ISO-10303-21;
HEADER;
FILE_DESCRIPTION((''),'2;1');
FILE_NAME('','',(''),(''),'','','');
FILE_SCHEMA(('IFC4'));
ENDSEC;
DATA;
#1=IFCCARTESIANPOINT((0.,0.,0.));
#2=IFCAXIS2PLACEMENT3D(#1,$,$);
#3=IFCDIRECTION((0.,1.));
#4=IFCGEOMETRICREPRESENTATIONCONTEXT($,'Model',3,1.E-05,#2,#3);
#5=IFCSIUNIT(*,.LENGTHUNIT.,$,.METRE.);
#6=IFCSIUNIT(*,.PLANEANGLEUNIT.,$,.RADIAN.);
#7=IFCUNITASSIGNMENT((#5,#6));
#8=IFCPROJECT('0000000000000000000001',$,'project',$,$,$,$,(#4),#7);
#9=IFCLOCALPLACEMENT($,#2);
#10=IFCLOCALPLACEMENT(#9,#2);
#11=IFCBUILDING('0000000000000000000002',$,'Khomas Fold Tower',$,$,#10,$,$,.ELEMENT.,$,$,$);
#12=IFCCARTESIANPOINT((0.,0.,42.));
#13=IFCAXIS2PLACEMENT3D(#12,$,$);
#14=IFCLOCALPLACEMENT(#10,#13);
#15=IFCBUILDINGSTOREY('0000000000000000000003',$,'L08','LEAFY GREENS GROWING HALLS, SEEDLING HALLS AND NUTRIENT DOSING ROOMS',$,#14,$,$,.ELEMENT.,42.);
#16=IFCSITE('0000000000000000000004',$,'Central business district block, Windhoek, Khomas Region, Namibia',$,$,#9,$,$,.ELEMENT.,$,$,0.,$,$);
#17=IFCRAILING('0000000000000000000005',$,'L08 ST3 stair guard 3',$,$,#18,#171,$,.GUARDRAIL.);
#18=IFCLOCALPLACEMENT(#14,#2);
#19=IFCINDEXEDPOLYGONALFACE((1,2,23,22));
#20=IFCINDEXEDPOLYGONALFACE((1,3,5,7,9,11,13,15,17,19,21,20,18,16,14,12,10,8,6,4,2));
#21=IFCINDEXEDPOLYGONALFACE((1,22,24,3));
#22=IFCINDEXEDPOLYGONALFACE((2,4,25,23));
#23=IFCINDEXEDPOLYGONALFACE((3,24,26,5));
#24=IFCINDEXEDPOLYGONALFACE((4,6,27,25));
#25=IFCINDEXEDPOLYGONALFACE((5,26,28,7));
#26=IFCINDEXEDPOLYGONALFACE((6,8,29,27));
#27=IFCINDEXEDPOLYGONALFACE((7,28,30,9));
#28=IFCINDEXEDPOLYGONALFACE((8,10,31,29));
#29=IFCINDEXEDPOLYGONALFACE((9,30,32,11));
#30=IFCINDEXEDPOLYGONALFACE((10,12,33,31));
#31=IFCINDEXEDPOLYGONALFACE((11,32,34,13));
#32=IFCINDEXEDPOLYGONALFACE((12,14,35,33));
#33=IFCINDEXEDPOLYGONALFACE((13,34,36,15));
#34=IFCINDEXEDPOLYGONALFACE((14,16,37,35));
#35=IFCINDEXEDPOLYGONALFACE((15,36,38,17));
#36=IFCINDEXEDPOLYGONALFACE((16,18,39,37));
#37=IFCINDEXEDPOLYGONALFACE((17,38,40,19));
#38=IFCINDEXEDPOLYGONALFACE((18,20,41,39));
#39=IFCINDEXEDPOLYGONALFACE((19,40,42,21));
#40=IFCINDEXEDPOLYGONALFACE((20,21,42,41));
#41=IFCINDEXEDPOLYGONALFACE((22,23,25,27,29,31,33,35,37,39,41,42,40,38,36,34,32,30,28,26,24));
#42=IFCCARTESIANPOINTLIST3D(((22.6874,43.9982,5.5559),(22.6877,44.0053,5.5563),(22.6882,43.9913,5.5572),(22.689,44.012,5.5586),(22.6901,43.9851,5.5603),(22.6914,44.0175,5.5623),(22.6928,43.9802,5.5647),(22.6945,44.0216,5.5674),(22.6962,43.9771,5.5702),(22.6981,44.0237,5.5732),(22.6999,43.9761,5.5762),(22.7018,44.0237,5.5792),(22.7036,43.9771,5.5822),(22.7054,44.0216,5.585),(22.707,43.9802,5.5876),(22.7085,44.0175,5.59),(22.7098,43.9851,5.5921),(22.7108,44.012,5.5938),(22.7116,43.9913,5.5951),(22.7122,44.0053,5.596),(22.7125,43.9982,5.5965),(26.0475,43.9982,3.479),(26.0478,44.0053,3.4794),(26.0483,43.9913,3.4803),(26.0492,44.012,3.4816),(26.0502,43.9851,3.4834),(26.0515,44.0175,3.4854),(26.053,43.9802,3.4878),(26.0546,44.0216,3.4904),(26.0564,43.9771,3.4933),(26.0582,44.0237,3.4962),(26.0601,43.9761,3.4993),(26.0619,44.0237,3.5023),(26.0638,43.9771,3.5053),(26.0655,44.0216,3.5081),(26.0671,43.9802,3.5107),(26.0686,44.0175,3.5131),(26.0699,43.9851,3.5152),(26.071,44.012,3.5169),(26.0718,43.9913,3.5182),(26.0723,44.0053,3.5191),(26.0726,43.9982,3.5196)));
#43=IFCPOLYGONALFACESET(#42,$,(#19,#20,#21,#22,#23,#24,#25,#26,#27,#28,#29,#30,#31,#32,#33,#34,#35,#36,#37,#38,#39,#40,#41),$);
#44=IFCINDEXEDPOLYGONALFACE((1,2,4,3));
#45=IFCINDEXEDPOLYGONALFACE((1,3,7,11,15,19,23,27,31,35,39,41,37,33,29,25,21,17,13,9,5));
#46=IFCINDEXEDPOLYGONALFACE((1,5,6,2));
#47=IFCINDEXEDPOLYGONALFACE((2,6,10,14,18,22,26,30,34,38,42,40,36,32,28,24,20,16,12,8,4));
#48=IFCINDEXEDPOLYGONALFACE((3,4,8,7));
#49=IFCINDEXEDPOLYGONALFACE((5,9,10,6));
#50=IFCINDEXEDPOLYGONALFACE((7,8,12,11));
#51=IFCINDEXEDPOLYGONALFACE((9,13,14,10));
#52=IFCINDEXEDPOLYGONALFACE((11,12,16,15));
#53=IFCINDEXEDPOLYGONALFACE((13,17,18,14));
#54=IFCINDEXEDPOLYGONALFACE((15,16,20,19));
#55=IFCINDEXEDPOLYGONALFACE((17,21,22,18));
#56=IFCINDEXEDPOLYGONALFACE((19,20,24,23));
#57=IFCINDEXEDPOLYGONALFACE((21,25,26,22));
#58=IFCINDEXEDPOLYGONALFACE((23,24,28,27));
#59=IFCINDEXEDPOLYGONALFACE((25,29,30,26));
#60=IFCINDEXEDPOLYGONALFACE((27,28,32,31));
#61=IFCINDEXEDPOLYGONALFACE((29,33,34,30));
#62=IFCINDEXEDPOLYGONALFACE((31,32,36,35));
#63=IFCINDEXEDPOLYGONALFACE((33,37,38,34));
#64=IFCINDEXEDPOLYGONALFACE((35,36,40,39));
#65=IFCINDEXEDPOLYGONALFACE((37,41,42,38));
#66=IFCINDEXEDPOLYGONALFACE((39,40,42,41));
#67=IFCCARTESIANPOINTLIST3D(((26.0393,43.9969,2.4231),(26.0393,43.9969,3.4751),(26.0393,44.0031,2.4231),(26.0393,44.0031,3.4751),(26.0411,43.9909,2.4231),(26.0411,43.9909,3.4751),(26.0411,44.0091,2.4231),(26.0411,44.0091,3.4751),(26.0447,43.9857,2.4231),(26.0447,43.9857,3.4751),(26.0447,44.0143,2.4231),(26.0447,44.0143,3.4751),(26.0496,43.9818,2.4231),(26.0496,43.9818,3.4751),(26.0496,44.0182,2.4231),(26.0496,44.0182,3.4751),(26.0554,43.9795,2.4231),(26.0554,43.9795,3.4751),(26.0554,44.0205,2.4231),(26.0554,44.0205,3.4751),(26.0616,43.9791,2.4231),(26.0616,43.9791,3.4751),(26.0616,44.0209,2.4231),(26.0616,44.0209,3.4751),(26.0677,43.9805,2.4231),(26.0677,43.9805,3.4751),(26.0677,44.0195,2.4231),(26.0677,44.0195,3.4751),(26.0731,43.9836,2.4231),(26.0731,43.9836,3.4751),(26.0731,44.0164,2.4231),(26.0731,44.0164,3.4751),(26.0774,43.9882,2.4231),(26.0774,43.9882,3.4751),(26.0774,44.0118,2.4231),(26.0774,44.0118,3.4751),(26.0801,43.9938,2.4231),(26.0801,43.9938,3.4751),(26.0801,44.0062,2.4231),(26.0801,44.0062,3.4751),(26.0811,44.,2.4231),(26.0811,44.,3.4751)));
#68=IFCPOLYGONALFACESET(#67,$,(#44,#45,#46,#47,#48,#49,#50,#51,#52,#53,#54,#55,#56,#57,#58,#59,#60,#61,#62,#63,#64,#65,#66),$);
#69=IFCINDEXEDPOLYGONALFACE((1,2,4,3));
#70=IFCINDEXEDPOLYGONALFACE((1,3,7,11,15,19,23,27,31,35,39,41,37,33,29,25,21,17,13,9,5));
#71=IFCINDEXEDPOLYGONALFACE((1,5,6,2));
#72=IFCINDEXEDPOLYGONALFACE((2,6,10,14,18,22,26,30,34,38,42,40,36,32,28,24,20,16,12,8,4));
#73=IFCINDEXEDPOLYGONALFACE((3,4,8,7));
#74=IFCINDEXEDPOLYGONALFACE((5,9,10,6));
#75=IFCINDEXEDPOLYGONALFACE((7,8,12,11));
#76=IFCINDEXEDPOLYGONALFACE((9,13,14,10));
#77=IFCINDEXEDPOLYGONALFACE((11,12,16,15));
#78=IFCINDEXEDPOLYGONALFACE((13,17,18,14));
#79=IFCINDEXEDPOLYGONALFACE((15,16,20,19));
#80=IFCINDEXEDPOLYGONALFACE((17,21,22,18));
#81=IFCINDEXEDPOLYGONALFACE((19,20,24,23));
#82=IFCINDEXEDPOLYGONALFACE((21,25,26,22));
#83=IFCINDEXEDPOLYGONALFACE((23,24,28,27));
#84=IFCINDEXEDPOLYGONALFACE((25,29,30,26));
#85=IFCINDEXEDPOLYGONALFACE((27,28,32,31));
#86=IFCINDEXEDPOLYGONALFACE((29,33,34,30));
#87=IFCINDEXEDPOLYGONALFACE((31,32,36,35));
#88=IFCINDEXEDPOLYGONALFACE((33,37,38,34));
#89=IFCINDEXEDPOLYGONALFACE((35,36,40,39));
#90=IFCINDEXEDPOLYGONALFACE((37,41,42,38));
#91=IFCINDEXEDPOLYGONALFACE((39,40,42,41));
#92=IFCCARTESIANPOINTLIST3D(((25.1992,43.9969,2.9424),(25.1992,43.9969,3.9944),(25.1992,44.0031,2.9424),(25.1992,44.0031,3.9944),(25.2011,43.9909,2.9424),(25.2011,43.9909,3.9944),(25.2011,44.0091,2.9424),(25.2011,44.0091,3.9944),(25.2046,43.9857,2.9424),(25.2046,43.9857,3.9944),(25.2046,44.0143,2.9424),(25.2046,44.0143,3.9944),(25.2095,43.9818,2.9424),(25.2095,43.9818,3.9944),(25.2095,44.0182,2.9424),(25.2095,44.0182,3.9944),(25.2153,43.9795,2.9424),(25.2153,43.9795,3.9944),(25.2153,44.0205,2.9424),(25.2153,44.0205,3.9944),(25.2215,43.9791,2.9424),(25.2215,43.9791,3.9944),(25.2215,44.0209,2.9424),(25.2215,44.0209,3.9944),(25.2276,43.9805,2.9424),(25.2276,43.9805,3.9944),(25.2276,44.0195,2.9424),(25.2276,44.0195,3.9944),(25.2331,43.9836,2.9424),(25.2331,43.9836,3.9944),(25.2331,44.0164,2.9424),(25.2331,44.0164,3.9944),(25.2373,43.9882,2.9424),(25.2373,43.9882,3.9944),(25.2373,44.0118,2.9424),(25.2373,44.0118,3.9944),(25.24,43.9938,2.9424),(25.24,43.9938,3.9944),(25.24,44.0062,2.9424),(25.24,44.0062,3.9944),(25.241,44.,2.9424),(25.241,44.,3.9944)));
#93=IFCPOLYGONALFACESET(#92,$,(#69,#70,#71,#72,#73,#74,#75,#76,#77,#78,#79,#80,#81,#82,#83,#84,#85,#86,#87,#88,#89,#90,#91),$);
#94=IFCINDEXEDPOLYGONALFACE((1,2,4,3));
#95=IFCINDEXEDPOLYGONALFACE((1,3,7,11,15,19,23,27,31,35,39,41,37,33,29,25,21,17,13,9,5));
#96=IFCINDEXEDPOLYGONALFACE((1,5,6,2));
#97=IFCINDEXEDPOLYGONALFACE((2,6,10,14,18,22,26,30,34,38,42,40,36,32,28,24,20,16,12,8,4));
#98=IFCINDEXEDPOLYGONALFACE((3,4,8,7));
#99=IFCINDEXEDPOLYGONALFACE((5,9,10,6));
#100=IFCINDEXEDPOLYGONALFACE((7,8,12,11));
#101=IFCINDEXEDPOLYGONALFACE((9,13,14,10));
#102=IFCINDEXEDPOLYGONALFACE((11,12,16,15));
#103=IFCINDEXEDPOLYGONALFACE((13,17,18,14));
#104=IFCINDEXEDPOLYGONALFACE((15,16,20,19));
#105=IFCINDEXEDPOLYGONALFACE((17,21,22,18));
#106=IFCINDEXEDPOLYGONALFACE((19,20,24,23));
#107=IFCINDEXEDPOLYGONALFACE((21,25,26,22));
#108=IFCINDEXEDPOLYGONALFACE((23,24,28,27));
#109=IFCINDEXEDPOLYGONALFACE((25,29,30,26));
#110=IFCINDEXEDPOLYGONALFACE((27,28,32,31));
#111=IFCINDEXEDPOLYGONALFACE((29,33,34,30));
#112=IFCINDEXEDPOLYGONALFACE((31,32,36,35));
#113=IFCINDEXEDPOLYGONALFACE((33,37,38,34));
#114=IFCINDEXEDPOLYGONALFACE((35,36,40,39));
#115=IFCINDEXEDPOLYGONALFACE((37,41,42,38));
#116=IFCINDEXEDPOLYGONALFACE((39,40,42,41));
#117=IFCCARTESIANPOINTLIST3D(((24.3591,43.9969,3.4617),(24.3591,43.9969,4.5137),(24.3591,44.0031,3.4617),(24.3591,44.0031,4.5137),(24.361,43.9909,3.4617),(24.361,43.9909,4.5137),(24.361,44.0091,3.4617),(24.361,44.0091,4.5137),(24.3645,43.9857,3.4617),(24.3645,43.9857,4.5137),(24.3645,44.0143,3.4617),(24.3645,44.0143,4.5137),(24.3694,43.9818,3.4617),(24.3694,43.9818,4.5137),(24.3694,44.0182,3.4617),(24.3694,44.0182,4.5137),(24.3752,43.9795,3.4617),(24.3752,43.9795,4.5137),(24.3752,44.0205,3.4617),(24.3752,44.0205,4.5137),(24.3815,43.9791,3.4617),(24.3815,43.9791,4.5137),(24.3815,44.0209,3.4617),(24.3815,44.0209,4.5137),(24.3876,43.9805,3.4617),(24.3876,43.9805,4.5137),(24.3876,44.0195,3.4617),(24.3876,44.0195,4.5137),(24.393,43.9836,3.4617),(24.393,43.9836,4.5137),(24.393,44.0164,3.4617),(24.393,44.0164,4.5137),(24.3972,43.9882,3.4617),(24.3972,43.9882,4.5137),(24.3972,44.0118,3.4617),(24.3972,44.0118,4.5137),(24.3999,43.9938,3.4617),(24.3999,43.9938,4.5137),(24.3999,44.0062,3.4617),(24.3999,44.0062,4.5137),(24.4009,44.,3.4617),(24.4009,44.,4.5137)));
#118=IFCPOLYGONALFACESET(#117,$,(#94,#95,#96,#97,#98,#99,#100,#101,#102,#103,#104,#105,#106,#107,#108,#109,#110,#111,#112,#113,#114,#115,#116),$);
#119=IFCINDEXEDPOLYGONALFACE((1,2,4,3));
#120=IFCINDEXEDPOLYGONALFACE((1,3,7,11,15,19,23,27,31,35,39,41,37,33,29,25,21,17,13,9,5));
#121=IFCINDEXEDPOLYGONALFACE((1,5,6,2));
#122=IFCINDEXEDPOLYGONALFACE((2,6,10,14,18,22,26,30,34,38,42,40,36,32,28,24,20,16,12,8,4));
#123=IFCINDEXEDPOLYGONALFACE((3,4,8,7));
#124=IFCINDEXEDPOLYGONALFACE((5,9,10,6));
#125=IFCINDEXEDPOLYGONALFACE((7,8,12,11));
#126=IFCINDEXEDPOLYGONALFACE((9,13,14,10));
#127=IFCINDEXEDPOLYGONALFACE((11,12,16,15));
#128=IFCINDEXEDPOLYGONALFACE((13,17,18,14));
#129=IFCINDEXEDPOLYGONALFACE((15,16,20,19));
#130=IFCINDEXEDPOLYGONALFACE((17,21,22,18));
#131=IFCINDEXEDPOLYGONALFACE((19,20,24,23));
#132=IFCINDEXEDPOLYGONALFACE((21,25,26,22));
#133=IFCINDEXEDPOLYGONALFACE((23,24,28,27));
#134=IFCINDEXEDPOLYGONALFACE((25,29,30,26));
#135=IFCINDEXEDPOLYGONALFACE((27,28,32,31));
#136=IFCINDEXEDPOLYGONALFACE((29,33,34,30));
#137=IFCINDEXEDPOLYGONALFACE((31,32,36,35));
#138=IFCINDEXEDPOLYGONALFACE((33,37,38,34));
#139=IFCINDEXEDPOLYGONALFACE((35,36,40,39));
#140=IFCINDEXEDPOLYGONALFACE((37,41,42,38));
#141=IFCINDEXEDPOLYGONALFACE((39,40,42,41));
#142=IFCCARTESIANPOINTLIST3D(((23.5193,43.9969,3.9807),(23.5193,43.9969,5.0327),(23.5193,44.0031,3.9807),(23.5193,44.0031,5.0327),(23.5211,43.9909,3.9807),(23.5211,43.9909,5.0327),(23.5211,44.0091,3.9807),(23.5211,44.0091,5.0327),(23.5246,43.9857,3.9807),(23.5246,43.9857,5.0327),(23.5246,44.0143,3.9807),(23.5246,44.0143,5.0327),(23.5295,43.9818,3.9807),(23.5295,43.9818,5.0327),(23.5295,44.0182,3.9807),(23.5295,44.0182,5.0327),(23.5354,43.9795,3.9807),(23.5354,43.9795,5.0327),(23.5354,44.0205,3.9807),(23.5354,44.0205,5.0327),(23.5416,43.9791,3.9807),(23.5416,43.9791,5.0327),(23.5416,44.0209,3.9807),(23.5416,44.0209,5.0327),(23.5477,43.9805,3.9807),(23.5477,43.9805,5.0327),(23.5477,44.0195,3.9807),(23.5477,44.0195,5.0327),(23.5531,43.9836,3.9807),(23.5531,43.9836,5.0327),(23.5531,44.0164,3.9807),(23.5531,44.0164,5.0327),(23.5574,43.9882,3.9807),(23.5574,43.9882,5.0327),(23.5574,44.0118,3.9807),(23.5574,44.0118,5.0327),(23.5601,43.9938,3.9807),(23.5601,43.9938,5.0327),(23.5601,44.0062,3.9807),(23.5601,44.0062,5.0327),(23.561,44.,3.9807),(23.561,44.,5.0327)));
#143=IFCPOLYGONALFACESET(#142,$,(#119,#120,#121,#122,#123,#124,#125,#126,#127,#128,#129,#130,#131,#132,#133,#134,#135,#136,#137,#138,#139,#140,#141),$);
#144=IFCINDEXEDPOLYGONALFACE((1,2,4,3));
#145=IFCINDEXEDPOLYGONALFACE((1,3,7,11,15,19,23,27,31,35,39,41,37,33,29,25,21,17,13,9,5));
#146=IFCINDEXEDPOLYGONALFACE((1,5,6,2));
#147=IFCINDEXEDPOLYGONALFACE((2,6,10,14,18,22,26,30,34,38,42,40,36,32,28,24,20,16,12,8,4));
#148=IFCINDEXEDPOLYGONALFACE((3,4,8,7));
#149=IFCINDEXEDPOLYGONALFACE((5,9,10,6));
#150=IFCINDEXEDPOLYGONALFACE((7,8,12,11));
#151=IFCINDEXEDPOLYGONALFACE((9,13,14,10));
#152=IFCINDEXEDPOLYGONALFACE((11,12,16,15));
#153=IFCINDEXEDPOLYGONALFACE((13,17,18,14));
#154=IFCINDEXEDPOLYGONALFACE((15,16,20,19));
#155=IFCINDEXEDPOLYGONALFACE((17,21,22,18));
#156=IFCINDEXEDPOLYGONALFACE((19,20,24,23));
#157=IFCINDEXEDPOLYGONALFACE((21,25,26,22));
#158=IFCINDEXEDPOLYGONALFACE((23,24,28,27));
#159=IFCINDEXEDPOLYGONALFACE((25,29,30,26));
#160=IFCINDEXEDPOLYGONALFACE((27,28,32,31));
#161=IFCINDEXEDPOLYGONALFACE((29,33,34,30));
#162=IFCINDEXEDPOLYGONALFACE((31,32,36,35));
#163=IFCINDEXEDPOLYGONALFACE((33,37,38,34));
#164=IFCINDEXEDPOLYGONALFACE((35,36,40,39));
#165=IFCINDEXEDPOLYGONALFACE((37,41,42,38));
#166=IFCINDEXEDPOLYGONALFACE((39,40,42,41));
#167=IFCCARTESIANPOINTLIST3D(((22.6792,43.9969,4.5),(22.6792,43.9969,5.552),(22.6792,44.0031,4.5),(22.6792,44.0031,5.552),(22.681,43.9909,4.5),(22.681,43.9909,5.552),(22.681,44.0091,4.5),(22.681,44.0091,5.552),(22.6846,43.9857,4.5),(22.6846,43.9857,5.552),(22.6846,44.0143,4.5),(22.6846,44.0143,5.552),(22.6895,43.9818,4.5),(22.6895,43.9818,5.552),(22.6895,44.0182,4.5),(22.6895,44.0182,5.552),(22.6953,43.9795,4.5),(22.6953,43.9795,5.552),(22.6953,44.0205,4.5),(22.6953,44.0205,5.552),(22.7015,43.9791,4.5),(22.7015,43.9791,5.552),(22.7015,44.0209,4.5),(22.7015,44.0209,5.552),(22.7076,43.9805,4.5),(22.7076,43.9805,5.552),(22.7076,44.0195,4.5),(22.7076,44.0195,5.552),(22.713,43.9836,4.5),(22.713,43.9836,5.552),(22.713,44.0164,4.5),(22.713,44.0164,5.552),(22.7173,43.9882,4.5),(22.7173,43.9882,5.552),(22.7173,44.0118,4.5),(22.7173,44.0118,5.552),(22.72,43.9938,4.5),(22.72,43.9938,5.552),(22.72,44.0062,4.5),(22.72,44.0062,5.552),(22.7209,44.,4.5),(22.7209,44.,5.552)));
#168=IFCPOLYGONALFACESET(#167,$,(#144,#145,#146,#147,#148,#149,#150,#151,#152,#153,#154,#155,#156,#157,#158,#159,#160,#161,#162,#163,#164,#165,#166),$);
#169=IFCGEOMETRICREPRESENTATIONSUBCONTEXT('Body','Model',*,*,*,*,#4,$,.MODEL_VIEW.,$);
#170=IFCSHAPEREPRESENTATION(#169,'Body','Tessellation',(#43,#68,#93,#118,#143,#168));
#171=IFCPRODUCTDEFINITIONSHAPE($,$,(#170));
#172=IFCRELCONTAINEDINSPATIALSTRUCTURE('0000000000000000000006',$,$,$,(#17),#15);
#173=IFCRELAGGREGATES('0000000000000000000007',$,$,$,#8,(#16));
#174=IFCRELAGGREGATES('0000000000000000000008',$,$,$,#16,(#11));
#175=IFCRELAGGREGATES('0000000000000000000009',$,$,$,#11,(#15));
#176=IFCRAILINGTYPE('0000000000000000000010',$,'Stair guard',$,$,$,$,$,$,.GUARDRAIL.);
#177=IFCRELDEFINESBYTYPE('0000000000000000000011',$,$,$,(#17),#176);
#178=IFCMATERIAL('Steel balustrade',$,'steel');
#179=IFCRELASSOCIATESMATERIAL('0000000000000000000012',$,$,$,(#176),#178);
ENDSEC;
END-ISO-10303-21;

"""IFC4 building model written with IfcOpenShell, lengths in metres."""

from ifc_helpers import new_model, si_unit, direction, frame, origin, origin_2d, place, context, subcontext, project, spatial, circle, extrude, source, transform, mapped, material, type_object, element, save


model = new_model("IFC4")

# Units and contexts
model_context = context("Model", 3, precision=1e-05, world=origin(), true_north=direction((0.0, 1.0)))
body_context = subcontext(model_context, "Body", "Model", "MODEL_VIEW")
ifc_project = project(units=[si_unit("LENGTHUNIT", "METRE"), si_unit("PLANEANGLEUNIT", "RADIAN")], contexts=[model_context])

# Site, building, storey
site_placement = place(None, origin())
site = spatial("IfcSite", under=ifc_project, at=site_placement, Name="Central business district block, Windhoek, Khomas Region, Namibia", CompositionType="ELEMENT", RefElevation=0.0)
building_placement = place(site_placement, origin())
building = spatial("IfcBuilding", under=site, at=building_placement, Name="Khomas Fold Tower", CompositionType="ELEMENT")
storey_placement = place(building_placement, frame((0.0, 0.0, 42.0)))
storey = spatial("IfcBuildingStorey", under=building, at=storey_placement, Name="L08", Description="LEAFY GREENS GROWING HALLS, SEEDLING HALLS AND NUTRIENT DOSING ROOMS", CompositionType="ELEMENT", Elevation=42.0)

# Railing
ifc_material_1 = material(Name="Steel balustrade", Category="steel")
railing_type_1 = type_object("IfcRailingType", Name="Stair guard", PredefinedType="GUARDRAIL", material=ifc_material_1)
shared_shape_1 = source(origin(), body_context, "Body", "SweptSolid", [
    extrude(circle(Radius=0.0239, at=origin_2d()), frame((0.0, 0.0, 1.0762), z_axis=(-0.850623, 0.0, 0.525776), x_axis=(0.0, -1.0, 0.0)), (0.0, 0.0, 1.0), 3.9502),
    extrude(circle(Radius=0.021, at=origin_2d()), origin(), (0.0, 0.0, 1.0), 1.052),
    extrude(circle(Radius=0.021, at=origin_2d()), frame((-0.8401, 0.0, 0.5193)), (0.0, 0.0, 1.0), 1.052),
    extrude(circle(Radius=0.021, at=origin_2d()), frame((-1.6802, 0.0, 1.0386)), (0.0, 0.0, 1.0), 1.052),
    extrude(circle(Radius=0.021, at=origin_2d()), frame((-2.52, 0.0, 1.5576)), (0.0, 0.0, 1.0), 1.052),
    extrude(circle(Radius=0.021, at=origin_2d()), frame((-3.3601, 0.0, 2.0769)), (0.0, 0.0, 1.0), 1.052),
])
railing_1_placement = place(storey_placement, frame((26.0601, 44.0, 2.4231)))
element("IfcRailing", 1, at=railing_1_placement, inside=storey, type_object=railing_type_1, Name="L08 ST3 stair guard 3", PredefinedType="GUARDRAIL", context=body_context, shape_type="MappedRepresentation", body=[
    mapped(shared_shape_1, transform((0.0, 0.0, 0.0))),
])

save(model, "model.ifc")
